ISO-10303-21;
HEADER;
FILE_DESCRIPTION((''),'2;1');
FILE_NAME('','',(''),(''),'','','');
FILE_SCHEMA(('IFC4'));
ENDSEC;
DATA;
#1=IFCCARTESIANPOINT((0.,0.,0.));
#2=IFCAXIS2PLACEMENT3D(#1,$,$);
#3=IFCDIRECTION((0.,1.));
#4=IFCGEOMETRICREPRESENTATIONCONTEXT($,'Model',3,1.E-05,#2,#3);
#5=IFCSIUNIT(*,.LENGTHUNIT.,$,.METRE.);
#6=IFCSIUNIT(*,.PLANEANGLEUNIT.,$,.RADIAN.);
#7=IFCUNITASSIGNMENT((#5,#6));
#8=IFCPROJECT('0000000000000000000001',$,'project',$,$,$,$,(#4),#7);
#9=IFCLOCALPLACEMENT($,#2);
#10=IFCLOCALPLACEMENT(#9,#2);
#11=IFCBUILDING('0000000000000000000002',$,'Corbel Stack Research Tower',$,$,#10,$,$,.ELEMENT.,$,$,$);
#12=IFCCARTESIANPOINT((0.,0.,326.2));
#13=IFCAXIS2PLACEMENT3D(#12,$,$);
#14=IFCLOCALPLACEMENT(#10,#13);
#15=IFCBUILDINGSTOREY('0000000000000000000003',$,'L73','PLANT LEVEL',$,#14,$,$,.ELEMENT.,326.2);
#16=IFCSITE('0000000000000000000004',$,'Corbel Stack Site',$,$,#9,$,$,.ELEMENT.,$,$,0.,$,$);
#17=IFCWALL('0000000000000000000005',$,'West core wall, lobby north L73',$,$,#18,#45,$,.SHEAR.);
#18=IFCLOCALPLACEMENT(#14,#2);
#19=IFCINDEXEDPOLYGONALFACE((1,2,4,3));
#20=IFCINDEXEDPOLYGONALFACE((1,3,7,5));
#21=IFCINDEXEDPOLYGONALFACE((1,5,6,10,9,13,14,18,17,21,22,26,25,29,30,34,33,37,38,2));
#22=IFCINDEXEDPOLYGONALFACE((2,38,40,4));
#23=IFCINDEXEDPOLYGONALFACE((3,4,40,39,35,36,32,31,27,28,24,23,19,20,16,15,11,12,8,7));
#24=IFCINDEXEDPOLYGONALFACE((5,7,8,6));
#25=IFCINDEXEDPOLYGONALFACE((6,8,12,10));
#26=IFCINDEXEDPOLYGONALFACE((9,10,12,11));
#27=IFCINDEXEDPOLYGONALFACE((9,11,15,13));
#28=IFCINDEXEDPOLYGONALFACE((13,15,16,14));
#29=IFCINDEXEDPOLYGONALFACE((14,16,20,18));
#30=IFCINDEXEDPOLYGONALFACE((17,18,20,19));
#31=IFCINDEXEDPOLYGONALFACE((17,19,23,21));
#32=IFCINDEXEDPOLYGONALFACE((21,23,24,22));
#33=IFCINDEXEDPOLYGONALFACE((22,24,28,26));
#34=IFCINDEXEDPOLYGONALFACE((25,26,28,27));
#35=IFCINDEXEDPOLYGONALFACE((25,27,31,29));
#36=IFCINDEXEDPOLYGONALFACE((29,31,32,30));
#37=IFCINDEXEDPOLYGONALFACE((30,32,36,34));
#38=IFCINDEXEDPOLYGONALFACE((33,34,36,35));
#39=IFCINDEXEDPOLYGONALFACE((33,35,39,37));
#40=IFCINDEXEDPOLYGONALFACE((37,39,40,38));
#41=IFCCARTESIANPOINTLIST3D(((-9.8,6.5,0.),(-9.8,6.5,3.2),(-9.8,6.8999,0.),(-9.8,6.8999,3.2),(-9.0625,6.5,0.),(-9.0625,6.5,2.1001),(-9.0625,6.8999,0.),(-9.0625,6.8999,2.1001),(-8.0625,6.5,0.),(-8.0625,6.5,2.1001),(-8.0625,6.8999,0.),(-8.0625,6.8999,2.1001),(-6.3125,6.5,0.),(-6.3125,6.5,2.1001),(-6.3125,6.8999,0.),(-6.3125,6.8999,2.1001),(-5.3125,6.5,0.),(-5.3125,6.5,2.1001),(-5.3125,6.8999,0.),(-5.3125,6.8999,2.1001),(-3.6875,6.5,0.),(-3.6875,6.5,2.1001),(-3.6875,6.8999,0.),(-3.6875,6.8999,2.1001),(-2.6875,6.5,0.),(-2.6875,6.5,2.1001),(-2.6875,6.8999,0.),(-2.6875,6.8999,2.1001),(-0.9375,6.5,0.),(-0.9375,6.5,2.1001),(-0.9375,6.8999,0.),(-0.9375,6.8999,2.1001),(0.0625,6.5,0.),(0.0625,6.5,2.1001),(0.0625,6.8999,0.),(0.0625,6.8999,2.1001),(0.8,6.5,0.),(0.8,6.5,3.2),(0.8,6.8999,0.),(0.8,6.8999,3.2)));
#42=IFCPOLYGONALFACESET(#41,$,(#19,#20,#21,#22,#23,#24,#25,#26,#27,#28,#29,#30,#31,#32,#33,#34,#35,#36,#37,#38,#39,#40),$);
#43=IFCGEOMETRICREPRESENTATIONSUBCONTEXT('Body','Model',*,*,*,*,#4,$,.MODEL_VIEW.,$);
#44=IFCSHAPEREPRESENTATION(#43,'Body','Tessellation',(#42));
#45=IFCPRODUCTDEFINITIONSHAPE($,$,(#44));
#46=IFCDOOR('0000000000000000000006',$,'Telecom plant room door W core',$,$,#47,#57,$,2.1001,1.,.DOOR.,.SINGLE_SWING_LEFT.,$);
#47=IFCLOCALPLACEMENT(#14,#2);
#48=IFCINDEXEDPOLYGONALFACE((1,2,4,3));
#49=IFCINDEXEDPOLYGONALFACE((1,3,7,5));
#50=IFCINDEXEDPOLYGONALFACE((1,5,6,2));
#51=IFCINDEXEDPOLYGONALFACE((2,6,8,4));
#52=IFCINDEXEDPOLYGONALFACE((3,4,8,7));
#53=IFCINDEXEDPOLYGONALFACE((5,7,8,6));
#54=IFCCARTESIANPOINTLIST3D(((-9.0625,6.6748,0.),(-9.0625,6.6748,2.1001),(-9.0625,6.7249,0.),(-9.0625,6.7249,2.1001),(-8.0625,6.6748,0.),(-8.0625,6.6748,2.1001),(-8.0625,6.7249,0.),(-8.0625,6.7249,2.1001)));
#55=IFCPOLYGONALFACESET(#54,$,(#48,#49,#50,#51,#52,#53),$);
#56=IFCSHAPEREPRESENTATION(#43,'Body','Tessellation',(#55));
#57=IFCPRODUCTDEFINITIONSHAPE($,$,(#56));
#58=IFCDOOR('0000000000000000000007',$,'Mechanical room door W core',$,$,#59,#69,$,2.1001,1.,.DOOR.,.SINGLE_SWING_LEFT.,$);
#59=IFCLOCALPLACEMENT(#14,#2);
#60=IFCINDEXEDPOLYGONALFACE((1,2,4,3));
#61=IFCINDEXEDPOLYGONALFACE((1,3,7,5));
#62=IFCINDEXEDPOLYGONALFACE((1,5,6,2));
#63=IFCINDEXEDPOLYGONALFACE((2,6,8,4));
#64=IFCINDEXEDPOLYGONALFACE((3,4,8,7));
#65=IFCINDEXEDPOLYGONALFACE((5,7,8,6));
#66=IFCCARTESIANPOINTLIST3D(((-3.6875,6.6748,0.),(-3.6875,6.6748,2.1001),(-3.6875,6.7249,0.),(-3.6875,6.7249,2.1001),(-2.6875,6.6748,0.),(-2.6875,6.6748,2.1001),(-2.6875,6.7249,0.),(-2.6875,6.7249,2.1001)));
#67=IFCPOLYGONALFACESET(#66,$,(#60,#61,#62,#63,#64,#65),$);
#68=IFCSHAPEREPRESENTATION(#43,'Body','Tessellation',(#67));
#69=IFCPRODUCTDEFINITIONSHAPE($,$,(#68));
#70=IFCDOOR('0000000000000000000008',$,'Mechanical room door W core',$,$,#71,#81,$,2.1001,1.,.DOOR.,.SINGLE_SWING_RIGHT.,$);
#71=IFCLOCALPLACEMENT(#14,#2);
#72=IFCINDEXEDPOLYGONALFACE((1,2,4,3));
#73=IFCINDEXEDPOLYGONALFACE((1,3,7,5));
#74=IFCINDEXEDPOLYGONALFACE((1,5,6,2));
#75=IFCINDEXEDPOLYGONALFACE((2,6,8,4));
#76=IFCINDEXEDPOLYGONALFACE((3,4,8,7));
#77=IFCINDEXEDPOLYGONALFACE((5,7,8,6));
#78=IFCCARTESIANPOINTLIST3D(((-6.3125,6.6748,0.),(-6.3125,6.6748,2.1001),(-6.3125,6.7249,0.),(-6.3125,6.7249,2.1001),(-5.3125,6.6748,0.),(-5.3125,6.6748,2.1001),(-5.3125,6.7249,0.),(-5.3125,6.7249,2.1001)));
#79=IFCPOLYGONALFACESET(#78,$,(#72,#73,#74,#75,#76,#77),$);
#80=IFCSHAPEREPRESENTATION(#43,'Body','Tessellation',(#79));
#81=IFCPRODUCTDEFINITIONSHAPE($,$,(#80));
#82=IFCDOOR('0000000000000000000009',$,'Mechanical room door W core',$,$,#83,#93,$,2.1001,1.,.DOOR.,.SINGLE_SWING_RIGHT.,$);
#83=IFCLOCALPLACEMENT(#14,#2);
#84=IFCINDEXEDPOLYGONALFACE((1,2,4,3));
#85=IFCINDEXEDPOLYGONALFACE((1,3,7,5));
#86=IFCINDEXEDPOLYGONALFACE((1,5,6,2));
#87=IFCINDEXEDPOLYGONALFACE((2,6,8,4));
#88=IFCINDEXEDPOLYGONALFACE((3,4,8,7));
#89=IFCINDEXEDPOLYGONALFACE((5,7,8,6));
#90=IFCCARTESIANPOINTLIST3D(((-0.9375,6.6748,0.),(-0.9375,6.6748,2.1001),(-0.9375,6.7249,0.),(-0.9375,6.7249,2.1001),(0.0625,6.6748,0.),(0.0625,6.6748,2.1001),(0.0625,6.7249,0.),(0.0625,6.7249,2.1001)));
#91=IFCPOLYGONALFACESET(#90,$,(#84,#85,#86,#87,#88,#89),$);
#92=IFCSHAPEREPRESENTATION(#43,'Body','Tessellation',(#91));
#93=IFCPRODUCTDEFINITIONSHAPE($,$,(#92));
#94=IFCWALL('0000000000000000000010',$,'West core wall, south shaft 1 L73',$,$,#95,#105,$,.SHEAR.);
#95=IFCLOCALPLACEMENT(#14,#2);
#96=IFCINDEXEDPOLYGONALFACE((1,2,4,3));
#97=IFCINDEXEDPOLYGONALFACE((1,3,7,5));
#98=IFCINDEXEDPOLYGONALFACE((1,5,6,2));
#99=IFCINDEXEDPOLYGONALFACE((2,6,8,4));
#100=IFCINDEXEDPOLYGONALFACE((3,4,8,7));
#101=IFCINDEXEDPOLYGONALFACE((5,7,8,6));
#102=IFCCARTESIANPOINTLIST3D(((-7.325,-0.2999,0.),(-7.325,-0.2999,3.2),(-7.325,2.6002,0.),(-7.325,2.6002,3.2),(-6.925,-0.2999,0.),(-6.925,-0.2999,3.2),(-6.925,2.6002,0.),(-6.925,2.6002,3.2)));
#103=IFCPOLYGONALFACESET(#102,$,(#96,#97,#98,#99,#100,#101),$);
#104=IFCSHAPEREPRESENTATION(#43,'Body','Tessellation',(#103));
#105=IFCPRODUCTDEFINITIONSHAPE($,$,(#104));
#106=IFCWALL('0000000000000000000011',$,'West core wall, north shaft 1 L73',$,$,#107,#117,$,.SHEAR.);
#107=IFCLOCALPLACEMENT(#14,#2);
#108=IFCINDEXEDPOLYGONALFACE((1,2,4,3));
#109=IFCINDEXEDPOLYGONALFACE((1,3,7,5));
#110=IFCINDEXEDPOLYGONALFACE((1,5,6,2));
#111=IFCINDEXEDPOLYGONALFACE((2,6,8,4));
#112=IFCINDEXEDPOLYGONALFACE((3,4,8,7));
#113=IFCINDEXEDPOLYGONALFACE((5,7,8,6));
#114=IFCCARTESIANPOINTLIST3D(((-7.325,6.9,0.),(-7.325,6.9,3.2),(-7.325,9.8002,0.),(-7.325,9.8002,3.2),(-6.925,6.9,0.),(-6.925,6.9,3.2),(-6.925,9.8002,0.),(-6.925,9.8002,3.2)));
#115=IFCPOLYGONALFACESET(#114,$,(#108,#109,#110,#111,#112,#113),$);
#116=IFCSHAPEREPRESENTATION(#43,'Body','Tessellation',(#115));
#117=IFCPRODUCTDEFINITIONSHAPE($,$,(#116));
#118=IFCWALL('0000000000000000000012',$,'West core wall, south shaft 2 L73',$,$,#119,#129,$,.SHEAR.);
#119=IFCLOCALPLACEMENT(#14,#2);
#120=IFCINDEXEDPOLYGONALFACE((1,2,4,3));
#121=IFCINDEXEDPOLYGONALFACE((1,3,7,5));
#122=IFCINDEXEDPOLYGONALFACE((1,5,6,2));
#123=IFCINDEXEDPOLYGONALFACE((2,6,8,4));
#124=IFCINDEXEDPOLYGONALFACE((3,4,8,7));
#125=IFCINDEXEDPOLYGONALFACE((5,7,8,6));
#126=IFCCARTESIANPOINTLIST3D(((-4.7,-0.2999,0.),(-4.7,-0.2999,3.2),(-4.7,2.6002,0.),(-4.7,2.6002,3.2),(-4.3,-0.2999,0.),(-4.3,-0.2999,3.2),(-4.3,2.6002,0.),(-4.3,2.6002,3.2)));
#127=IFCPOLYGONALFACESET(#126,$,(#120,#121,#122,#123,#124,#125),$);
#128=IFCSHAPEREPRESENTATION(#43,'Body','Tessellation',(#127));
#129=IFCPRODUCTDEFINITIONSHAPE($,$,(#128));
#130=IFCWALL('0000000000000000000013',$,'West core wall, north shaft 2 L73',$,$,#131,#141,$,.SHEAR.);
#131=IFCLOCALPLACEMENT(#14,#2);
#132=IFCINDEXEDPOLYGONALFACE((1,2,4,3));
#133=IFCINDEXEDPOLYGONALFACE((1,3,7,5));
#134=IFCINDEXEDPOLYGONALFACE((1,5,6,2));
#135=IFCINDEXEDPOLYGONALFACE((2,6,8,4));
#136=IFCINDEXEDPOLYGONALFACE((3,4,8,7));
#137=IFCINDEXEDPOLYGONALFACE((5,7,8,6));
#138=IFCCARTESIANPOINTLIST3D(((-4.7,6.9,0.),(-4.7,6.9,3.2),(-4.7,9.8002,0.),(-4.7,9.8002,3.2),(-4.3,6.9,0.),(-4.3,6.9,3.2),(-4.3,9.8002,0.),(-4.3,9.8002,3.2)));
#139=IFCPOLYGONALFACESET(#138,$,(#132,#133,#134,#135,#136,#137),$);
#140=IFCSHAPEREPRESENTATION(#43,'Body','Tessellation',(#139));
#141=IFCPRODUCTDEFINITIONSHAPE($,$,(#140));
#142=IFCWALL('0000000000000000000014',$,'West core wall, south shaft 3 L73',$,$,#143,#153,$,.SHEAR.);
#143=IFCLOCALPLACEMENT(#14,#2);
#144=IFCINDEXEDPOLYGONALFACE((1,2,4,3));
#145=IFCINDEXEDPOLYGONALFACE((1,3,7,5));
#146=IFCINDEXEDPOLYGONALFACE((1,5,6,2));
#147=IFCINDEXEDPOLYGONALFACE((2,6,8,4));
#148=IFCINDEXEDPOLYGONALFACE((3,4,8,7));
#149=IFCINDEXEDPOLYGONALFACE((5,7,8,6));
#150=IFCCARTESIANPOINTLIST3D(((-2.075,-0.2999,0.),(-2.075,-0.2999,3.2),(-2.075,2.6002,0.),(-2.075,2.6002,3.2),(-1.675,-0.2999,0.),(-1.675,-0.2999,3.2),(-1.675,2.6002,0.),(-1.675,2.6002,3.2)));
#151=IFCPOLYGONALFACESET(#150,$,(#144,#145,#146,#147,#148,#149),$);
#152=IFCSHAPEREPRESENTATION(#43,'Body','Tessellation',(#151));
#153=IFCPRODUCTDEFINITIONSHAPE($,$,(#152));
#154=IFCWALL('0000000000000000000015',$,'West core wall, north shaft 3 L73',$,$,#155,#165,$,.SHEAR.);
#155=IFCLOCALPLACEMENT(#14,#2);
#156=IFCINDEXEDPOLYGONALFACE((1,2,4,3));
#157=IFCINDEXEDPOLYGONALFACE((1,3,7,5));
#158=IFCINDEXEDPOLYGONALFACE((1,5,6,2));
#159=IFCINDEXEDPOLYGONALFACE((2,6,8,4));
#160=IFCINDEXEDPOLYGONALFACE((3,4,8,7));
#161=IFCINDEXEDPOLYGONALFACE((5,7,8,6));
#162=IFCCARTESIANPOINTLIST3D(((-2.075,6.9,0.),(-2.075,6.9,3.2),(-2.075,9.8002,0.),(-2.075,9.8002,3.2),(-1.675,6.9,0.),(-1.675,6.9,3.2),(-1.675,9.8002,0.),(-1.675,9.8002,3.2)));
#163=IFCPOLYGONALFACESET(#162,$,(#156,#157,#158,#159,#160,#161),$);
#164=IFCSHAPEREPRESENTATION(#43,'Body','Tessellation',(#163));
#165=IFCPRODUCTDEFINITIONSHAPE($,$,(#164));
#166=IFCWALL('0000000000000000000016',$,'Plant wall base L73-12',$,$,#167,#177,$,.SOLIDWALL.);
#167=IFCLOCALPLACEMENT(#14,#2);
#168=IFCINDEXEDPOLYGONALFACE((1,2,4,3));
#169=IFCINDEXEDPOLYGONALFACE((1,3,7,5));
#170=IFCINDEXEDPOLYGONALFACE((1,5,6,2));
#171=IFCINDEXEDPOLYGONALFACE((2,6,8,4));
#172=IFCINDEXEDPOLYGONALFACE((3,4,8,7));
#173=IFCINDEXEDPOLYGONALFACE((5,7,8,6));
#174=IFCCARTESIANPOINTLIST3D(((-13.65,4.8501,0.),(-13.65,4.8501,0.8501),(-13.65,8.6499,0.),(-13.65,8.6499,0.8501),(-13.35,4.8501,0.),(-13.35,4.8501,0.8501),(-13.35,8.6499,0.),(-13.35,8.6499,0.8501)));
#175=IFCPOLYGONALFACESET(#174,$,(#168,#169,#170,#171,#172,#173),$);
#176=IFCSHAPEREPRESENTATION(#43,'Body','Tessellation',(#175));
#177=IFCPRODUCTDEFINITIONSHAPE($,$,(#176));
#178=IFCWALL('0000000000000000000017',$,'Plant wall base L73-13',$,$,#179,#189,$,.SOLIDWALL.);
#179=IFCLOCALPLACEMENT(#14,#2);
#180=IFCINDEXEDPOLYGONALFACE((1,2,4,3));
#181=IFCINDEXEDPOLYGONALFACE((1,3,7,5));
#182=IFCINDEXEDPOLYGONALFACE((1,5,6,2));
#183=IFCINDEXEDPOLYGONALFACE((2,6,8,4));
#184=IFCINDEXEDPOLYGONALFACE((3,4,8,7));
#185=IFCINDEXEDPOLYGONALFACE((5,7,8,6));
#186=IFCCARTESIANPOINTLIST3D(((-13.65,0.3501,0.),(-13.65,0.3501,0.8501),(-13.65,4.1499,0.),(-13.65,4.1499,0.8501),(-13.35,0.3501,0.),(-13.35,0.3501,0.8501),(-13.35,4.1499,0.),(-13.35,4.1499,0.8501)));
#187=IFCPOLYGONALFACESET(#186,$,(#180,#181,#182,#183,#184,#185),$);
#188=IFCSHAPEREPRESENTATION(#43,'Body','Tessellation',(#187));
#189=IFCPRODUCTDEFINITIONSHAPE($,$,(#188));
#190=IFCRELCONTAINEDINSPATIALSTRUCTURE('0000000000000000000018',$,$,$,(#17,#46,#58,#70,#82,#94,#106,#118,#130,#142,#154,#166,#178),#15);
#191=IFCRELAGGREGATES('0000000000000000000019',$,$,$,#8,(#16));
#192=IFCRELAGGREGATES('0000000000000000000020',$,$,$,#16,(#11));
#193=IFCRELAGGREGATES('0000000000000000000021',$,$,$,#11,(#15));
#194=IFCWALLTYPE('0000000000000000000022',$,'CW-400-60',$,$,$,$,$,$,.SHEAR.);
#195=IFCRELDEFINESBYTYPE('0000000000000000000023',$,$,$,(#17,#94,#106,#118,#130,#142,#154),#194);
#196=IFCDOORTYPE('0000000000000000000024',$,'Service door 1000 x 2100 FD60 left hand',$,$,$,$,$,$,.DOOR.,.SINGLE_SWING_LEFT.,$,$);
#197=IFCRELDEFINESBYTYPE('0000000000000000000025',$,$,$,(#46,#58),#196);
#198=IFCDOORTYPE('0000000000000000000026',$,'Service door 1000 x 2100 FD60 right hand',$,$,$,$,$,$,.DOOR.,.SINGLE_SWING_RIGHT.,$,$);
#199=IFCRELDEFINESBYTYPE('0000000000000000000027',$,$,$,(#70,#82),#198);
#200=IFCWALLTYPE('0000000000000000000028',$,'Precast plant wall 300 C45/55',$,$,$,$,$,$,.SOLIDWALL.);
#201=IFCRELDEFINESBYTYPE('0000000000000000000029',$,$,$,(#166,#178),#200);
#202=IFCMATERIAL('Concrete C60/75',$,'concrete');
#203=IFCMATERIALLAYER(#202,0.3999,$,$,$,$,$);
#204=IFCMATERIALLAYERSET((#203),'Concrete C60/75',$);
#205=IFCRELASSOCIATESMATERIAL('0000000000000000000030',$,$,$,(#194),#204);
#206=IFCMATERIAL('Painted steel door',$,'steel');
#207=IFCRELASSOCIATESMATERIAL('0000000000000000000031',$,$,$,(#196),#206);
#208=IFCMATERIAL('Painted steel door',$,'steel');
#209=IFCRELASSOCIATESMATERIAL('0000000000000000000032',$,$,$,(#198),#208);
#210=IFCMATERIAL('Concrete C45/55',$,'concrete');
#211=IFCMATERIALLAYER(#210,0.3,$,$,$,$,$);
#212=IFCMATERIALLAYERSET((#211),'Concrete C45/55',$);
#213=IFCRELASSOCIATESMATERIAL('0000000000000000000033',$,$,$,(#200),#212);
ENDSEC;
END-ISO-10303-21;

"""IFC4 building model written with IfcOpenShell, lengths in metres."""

from ifc_helpers import new_model, si_unit, direction, frame, frame_2d, origin, place, context, subcontext, project, spatial, rectangle, extrude, material, layer, layer_set, type_object, element, fill, save


model = new_model("IFC4")

# Units and contexts
model_context = context("Model", 3, precision=1e-05, world=origin(), true_north=direction((0.0, 1.0)))
body_context = subcontext(model_context, "Body", "Model", "MODEL_VIEW")
ifc_project = project(units=[si_unit("LENGTHUNIT", "METRE"), si_unit("PLANEANGLEUNIT", "RADIAN")], contexts=[model_context])

# Site, building, storey
site_placement = place(None, origin())
site = spatial("IfcSite", under=ifc_project, at=site_placement, Name="Corbel Stack Site", CompositionType="ELEMENT", RefElevation=0.0)
building_placement = place(site_placement, origin())
building = spatial("IfcBuilding", under=site, at=building_placement, Name="Corbel Stack Research Tower", CompositionType="ELEMENT")
storey_placement = place(building_placement, frame((0.0, 0.0, 326.2)))
storey = spatial("IfcBuildingStorey", under=building, at=storey_placement, Name="L73", Description="PLANT LEVEL", CompositionType="ELEMENT", Elevation=326.2)

# Wall, openings, doors
ifc_material_1 = material(Name="Concrete C60/75", Category="concrete")
ifc_layer_1 = layer(ifc_material_1, 0.3999)
ifc_layer_set_1 = layer_set([ifc_layer_1], Name="Concrete C60/75")
wall_type_1 = type_object("IfcWallType", Name="CW-400-60", PredefinedType="SHEAR", material=ifc_layer_set_1)
ifc_material_2 = material(Name="Painted steel door", Category="steel")
door_type_1 = type_object("IfcDoorType", Name="Service door 1000 x 2100 FD60 left hand", OperationType="SINGLE_SWING_LEFT", PredefinedType="DOOR", material=ifc_material_2)
ifc_material_3 = material(Name="Painted steel door", Category="steel")
door_type_2 = type_object("IfcDoorType", Name="Service door 1000 x 2100 FD60 right hand", OperationType="SINGLE_SWING_RIGHT", PredefinedType="DOOR", material=ifc_material_3)
wall_1_placement = place(storey_placement, frame((-9.8, 6.7, 0.0), z_axis=(0.0, 0.0, 1.0), x_axis=(1.0, 0.0, 0.0)))
wall_1 = element("IfcWall", 1, at=wall_1_placement, inside=storey, type_object=wall_type_1, Name="West core wall, lobby north L73", PredefinedType="SHEAR", context=body_context, shape_type="SweptSolid", body=[
    extrude(rectangle(XDim=10.6001, YDim=0.3999, at=frame_2d((5.3, 0.0))), origin(), (0.0, 0.0, 1.0), 3.2),
])
opening_1_placement = place(wall_1_placement, frame((0.7375, 0.0, 0.0)))
opening_1 = element("IfcOpeningElement", 2, at=opening_1_placement, cuts=wall_1, PredefinedType="OPENING", context=body_context, shape_type="SweptSolid", body=[
    extrude(rectangle(XDim=1.0, YDim=2.1001, at=frame_2d((0.5, 1.05))), frame((0.0, 0.21, 0.0), z_axis=(0.0, -1.0, 0.0), x_axis=(1.0, 0.0, 0.0)), (0.0, 0.0, 1.0), 0.4199),
])
opening_2_placement = place(wall_1_placement, frame((3.4875, 0.0, 0.0)))
opening_2 = element("IfcOpeningElement", 3, at=opening_2_placement, cuts=wall_1, PredefinedType="OPENING", context=body_context, shape_type="SweptSolid", body=[
    extrude(rectangle(XDim=1.0, YDim=2.1001, at=frame_2d((0.5, 1.05))), frame((0.0, 0.21, 0.0), z_axis=(0.0, -1.0, 0.0), x_axis=(1.0, 0.0, 0.0)), (0.0, 0.0, 1.0), 0.4199),
])
opening_3_placement = place(wall_1_placement, frame((6.1125, 0.0, 0.0)))
opening_3 = element("IfcOpeningElement", 4, at=opening_3_placement, cuts=wall_1, PredefinedType="OPENING", context=body_context, shape_type="SweptSolid", body=[
    extrude(rectangle(XDim=1.0, YDim=2.1001, at=frame_2d((0.5, 1.05))), frame((0.0, 0.21, 0.0), z_axis=(0.0, -1.0, 0.0), x_axis=(1.0, 0.0, 0.0)), (0.0, 0.0, 1.0), 0.4199),
])
opening_4_placement = place(wall_1_placement, frame((8.8625, 0.0, 0.0)))
opening_4 = element("IfcOpeningElement", 5, at=opening_4_placement, cuts=wall_1, PredefinedType="OPENING", context=body_context, shape_type="SweptSolid", body=[
    extrude(rectangle(XDim=1.0, YDim=2.1001, at=frame_2d((0.5, 1.05))), frame((0.0, 0.21, 0.0), z_axis=(0.0, -1.0, 0.0), x_axis=(1.0, 0.0, 0.0)), (0.0, 0.0, 1.0), 0.4199),
])
door_1_placement = place(opening_1_placement, origin())
door_1 = element("IfcDoor", 6, at=door_1_placement, inside=storey, type_object=door_type_1, Name="Telecom plant room door W core", OperationType="SINGLE_SWING_LEFT", OverallHeight=2.1001, OverallWidth=1.0, PredefinedType="DOOR", context=body_context, shape_type="SweptSolid", body=[
    extrude(rectangle(XDim=1.0, YDim=2.1001, at=frame_2d((0.5, 1.05))), frame((0.0, 0.0249, 0.0), z_axis=(0.0, -1.0, 0.0), x_axis=(1.0, 0.0, 0.0)), (0.0, 0.0, 1.0), 0.05),
])
fill(opening_1, door_1)
door_2_placement = place(opening_3_placement, origin())
door_2 = element("IfcDoor", 7, at=door_2_placement, inside=storey, type_object=door_type_1, Name="Mechanical room door W core", OperationType="SINGLE_SWING_LEFT", OverallHeight=2.1001, OverallWidth=1.0, PredefinedType="DOOR", context=body_context, shape_type="SweptSolid", body=[
    extrude(rectangle(XDim=1.0, YDim=2.1001, at=frame_2d((0.5, 1.05))), frame((0.0, 0.0249, 0.0), z_axis=(0.0, -1.0, 0.0), x_axis=(1.0, 0.0, 0.0)), (0.0, 0.0, 1.0), 0.05),
])
fill(opening_3, door_2)
door_3_placement = place(opening_2_placement, origin())
door_3 = element("IfcDoor", 8, at=door_3_placement, inside=storey, type_object=door_type_2, Name="Mechanical room door W core", OperationType="SINGLE_SWING_RIGHT", OverallHeight=2.1001, OverallWidth=1.0, PredefinedType="DOOR", context=body_context, shape_type="SweptSolid", body=[
    extrude(rectangle(XDim=1.0, YDim=2.1001, at=frame_2d((0.5, 1.05))), frame((0.0, 0.0249, 0.0), z_axis=(0.0, -1.0, 0.0), x_axis=(1.0, 0.0, 0.0)), (0.0, 0.0, 1.0), 0.05),
])
fill(opening_2, door_3)
door_4_placement = place(opening_4_placement, origin())
door_4 = element("IfcDoor", 9, at=door_4_placement, inside=storey, type_object=door_type_2, Name="Mechanical room door W core", OperationType="SINGLE_SWING_RIGHT", OverallHeight=2.1001, OverallWidth=1.0, PredefinedType="DOOR", context=body_context, shape_type="SweptSolid", body=[
    extrude(rectangle(XDim=1.0, YDim=2.1001, at=frame_2d((0.5, 1.05))), frame((0.0, 0.0249, 0.0), z_axis=(0.0, -1.0, 0.0), x_axis=(1.0, 0.0, 0.0)), (0.0, 0.0, 1.0), 0.05),
])
fill(opening_4, door_4)

# Walls
for number, where, z_axis, x_axis, name in (
    (10, (-7.125, -0.3, 0.0), (0.0, 0.0, 1.0), (0.0, 1.0, 0.0), "West core wall, south shaft 1 L73"),
    (11, (-7.125, 6.8999, 0.0), (0.0, 0.0, 1.0), (0.0, 1.0, 0.0), "West core wall, north shaft 1 L73"),
    (12, (-4.5, -0.3, 0.0), (0.0, 0.0, 1.0), (0.0, 1.0, 0.0), "West core wall, south shaft 2 L73"),
    (13, (-4.5, 6.8999, 0.0), (0.0, 0.0, 1.0), (0.0, 1.0, 0.0), "West core wall, north shaft 2 L73"),
    (14, (-1.875, -0.3, 0.0), (0.0, 0.0, 1.0), (0.0, 1.0, 0.0), "West core wall, south shaft 3 L73"),
    (15, (-1.875, 6.8999, 0.0), (0.0, 0.0, 1.0), (0.0, 1.0, 0.0), "West core wall, north shaft 3 L73"),
):
    element("IfcWall", number, at=place(storey_placement, frame(where, z_axis=z_axis, x_axis=x_axis)), inside=storey, type_object=wall_type_1, Name=name, PredefinedType="SHEAR", context=body_context, shape_type="SweptSolid", body=[
        extrude(rectangle(XDim=2.9001, YDim=0.3999, at=frame_2d((1.4502, 0.0))), origin(), (0.0, 0.0, 1.0), 3.2),
    ])
ifc_material_4 = material(Name="Concrete C45/55", Category="concrete")
ifc_layer_2 = layer(ifc_material_4, 0.3)
ifc_layer_set_2 = layer_set([ifc_layer_2], Name="Concrete C45/55")
wall_type_2 = type_object("IfcWallType", Name="Precast plant wall 300 C45/55", PredefinedType="SOLIDWALL", material=ifc_layer_set_2)
for number, where, z_axis, x_axis, name in (
    (16, (-13.5, 8.6499, 0.0), (0.0, 0.0, 1.0), (0.0, -1.0, 0.0), "Plant wall base L73-12"),
    (17, (-13.5, 4.1499, 0.0), (0.0, 0.0, 1.0), (0.0, -1.0, 0.0), "Plant wall base L73-13"),
):
    element("IfcWall", number, at=place(storey_placement, frame(where, z_axis=z_axis, x_axis=x_axis)), inside=storey, type_object=wall_type_2, Name=name, PredefinedType="SOLIDWALL", context=body_context, shape_type="SweptSolid", body=[
        extrude(rectangle(XDim=3.7998, YDim=0.3, at=frame_2d((1.8999, 0.0))), origin(), (0.0, 0.0, 1.0), 0.8501),
    ])

save(model, "model.ifc")
